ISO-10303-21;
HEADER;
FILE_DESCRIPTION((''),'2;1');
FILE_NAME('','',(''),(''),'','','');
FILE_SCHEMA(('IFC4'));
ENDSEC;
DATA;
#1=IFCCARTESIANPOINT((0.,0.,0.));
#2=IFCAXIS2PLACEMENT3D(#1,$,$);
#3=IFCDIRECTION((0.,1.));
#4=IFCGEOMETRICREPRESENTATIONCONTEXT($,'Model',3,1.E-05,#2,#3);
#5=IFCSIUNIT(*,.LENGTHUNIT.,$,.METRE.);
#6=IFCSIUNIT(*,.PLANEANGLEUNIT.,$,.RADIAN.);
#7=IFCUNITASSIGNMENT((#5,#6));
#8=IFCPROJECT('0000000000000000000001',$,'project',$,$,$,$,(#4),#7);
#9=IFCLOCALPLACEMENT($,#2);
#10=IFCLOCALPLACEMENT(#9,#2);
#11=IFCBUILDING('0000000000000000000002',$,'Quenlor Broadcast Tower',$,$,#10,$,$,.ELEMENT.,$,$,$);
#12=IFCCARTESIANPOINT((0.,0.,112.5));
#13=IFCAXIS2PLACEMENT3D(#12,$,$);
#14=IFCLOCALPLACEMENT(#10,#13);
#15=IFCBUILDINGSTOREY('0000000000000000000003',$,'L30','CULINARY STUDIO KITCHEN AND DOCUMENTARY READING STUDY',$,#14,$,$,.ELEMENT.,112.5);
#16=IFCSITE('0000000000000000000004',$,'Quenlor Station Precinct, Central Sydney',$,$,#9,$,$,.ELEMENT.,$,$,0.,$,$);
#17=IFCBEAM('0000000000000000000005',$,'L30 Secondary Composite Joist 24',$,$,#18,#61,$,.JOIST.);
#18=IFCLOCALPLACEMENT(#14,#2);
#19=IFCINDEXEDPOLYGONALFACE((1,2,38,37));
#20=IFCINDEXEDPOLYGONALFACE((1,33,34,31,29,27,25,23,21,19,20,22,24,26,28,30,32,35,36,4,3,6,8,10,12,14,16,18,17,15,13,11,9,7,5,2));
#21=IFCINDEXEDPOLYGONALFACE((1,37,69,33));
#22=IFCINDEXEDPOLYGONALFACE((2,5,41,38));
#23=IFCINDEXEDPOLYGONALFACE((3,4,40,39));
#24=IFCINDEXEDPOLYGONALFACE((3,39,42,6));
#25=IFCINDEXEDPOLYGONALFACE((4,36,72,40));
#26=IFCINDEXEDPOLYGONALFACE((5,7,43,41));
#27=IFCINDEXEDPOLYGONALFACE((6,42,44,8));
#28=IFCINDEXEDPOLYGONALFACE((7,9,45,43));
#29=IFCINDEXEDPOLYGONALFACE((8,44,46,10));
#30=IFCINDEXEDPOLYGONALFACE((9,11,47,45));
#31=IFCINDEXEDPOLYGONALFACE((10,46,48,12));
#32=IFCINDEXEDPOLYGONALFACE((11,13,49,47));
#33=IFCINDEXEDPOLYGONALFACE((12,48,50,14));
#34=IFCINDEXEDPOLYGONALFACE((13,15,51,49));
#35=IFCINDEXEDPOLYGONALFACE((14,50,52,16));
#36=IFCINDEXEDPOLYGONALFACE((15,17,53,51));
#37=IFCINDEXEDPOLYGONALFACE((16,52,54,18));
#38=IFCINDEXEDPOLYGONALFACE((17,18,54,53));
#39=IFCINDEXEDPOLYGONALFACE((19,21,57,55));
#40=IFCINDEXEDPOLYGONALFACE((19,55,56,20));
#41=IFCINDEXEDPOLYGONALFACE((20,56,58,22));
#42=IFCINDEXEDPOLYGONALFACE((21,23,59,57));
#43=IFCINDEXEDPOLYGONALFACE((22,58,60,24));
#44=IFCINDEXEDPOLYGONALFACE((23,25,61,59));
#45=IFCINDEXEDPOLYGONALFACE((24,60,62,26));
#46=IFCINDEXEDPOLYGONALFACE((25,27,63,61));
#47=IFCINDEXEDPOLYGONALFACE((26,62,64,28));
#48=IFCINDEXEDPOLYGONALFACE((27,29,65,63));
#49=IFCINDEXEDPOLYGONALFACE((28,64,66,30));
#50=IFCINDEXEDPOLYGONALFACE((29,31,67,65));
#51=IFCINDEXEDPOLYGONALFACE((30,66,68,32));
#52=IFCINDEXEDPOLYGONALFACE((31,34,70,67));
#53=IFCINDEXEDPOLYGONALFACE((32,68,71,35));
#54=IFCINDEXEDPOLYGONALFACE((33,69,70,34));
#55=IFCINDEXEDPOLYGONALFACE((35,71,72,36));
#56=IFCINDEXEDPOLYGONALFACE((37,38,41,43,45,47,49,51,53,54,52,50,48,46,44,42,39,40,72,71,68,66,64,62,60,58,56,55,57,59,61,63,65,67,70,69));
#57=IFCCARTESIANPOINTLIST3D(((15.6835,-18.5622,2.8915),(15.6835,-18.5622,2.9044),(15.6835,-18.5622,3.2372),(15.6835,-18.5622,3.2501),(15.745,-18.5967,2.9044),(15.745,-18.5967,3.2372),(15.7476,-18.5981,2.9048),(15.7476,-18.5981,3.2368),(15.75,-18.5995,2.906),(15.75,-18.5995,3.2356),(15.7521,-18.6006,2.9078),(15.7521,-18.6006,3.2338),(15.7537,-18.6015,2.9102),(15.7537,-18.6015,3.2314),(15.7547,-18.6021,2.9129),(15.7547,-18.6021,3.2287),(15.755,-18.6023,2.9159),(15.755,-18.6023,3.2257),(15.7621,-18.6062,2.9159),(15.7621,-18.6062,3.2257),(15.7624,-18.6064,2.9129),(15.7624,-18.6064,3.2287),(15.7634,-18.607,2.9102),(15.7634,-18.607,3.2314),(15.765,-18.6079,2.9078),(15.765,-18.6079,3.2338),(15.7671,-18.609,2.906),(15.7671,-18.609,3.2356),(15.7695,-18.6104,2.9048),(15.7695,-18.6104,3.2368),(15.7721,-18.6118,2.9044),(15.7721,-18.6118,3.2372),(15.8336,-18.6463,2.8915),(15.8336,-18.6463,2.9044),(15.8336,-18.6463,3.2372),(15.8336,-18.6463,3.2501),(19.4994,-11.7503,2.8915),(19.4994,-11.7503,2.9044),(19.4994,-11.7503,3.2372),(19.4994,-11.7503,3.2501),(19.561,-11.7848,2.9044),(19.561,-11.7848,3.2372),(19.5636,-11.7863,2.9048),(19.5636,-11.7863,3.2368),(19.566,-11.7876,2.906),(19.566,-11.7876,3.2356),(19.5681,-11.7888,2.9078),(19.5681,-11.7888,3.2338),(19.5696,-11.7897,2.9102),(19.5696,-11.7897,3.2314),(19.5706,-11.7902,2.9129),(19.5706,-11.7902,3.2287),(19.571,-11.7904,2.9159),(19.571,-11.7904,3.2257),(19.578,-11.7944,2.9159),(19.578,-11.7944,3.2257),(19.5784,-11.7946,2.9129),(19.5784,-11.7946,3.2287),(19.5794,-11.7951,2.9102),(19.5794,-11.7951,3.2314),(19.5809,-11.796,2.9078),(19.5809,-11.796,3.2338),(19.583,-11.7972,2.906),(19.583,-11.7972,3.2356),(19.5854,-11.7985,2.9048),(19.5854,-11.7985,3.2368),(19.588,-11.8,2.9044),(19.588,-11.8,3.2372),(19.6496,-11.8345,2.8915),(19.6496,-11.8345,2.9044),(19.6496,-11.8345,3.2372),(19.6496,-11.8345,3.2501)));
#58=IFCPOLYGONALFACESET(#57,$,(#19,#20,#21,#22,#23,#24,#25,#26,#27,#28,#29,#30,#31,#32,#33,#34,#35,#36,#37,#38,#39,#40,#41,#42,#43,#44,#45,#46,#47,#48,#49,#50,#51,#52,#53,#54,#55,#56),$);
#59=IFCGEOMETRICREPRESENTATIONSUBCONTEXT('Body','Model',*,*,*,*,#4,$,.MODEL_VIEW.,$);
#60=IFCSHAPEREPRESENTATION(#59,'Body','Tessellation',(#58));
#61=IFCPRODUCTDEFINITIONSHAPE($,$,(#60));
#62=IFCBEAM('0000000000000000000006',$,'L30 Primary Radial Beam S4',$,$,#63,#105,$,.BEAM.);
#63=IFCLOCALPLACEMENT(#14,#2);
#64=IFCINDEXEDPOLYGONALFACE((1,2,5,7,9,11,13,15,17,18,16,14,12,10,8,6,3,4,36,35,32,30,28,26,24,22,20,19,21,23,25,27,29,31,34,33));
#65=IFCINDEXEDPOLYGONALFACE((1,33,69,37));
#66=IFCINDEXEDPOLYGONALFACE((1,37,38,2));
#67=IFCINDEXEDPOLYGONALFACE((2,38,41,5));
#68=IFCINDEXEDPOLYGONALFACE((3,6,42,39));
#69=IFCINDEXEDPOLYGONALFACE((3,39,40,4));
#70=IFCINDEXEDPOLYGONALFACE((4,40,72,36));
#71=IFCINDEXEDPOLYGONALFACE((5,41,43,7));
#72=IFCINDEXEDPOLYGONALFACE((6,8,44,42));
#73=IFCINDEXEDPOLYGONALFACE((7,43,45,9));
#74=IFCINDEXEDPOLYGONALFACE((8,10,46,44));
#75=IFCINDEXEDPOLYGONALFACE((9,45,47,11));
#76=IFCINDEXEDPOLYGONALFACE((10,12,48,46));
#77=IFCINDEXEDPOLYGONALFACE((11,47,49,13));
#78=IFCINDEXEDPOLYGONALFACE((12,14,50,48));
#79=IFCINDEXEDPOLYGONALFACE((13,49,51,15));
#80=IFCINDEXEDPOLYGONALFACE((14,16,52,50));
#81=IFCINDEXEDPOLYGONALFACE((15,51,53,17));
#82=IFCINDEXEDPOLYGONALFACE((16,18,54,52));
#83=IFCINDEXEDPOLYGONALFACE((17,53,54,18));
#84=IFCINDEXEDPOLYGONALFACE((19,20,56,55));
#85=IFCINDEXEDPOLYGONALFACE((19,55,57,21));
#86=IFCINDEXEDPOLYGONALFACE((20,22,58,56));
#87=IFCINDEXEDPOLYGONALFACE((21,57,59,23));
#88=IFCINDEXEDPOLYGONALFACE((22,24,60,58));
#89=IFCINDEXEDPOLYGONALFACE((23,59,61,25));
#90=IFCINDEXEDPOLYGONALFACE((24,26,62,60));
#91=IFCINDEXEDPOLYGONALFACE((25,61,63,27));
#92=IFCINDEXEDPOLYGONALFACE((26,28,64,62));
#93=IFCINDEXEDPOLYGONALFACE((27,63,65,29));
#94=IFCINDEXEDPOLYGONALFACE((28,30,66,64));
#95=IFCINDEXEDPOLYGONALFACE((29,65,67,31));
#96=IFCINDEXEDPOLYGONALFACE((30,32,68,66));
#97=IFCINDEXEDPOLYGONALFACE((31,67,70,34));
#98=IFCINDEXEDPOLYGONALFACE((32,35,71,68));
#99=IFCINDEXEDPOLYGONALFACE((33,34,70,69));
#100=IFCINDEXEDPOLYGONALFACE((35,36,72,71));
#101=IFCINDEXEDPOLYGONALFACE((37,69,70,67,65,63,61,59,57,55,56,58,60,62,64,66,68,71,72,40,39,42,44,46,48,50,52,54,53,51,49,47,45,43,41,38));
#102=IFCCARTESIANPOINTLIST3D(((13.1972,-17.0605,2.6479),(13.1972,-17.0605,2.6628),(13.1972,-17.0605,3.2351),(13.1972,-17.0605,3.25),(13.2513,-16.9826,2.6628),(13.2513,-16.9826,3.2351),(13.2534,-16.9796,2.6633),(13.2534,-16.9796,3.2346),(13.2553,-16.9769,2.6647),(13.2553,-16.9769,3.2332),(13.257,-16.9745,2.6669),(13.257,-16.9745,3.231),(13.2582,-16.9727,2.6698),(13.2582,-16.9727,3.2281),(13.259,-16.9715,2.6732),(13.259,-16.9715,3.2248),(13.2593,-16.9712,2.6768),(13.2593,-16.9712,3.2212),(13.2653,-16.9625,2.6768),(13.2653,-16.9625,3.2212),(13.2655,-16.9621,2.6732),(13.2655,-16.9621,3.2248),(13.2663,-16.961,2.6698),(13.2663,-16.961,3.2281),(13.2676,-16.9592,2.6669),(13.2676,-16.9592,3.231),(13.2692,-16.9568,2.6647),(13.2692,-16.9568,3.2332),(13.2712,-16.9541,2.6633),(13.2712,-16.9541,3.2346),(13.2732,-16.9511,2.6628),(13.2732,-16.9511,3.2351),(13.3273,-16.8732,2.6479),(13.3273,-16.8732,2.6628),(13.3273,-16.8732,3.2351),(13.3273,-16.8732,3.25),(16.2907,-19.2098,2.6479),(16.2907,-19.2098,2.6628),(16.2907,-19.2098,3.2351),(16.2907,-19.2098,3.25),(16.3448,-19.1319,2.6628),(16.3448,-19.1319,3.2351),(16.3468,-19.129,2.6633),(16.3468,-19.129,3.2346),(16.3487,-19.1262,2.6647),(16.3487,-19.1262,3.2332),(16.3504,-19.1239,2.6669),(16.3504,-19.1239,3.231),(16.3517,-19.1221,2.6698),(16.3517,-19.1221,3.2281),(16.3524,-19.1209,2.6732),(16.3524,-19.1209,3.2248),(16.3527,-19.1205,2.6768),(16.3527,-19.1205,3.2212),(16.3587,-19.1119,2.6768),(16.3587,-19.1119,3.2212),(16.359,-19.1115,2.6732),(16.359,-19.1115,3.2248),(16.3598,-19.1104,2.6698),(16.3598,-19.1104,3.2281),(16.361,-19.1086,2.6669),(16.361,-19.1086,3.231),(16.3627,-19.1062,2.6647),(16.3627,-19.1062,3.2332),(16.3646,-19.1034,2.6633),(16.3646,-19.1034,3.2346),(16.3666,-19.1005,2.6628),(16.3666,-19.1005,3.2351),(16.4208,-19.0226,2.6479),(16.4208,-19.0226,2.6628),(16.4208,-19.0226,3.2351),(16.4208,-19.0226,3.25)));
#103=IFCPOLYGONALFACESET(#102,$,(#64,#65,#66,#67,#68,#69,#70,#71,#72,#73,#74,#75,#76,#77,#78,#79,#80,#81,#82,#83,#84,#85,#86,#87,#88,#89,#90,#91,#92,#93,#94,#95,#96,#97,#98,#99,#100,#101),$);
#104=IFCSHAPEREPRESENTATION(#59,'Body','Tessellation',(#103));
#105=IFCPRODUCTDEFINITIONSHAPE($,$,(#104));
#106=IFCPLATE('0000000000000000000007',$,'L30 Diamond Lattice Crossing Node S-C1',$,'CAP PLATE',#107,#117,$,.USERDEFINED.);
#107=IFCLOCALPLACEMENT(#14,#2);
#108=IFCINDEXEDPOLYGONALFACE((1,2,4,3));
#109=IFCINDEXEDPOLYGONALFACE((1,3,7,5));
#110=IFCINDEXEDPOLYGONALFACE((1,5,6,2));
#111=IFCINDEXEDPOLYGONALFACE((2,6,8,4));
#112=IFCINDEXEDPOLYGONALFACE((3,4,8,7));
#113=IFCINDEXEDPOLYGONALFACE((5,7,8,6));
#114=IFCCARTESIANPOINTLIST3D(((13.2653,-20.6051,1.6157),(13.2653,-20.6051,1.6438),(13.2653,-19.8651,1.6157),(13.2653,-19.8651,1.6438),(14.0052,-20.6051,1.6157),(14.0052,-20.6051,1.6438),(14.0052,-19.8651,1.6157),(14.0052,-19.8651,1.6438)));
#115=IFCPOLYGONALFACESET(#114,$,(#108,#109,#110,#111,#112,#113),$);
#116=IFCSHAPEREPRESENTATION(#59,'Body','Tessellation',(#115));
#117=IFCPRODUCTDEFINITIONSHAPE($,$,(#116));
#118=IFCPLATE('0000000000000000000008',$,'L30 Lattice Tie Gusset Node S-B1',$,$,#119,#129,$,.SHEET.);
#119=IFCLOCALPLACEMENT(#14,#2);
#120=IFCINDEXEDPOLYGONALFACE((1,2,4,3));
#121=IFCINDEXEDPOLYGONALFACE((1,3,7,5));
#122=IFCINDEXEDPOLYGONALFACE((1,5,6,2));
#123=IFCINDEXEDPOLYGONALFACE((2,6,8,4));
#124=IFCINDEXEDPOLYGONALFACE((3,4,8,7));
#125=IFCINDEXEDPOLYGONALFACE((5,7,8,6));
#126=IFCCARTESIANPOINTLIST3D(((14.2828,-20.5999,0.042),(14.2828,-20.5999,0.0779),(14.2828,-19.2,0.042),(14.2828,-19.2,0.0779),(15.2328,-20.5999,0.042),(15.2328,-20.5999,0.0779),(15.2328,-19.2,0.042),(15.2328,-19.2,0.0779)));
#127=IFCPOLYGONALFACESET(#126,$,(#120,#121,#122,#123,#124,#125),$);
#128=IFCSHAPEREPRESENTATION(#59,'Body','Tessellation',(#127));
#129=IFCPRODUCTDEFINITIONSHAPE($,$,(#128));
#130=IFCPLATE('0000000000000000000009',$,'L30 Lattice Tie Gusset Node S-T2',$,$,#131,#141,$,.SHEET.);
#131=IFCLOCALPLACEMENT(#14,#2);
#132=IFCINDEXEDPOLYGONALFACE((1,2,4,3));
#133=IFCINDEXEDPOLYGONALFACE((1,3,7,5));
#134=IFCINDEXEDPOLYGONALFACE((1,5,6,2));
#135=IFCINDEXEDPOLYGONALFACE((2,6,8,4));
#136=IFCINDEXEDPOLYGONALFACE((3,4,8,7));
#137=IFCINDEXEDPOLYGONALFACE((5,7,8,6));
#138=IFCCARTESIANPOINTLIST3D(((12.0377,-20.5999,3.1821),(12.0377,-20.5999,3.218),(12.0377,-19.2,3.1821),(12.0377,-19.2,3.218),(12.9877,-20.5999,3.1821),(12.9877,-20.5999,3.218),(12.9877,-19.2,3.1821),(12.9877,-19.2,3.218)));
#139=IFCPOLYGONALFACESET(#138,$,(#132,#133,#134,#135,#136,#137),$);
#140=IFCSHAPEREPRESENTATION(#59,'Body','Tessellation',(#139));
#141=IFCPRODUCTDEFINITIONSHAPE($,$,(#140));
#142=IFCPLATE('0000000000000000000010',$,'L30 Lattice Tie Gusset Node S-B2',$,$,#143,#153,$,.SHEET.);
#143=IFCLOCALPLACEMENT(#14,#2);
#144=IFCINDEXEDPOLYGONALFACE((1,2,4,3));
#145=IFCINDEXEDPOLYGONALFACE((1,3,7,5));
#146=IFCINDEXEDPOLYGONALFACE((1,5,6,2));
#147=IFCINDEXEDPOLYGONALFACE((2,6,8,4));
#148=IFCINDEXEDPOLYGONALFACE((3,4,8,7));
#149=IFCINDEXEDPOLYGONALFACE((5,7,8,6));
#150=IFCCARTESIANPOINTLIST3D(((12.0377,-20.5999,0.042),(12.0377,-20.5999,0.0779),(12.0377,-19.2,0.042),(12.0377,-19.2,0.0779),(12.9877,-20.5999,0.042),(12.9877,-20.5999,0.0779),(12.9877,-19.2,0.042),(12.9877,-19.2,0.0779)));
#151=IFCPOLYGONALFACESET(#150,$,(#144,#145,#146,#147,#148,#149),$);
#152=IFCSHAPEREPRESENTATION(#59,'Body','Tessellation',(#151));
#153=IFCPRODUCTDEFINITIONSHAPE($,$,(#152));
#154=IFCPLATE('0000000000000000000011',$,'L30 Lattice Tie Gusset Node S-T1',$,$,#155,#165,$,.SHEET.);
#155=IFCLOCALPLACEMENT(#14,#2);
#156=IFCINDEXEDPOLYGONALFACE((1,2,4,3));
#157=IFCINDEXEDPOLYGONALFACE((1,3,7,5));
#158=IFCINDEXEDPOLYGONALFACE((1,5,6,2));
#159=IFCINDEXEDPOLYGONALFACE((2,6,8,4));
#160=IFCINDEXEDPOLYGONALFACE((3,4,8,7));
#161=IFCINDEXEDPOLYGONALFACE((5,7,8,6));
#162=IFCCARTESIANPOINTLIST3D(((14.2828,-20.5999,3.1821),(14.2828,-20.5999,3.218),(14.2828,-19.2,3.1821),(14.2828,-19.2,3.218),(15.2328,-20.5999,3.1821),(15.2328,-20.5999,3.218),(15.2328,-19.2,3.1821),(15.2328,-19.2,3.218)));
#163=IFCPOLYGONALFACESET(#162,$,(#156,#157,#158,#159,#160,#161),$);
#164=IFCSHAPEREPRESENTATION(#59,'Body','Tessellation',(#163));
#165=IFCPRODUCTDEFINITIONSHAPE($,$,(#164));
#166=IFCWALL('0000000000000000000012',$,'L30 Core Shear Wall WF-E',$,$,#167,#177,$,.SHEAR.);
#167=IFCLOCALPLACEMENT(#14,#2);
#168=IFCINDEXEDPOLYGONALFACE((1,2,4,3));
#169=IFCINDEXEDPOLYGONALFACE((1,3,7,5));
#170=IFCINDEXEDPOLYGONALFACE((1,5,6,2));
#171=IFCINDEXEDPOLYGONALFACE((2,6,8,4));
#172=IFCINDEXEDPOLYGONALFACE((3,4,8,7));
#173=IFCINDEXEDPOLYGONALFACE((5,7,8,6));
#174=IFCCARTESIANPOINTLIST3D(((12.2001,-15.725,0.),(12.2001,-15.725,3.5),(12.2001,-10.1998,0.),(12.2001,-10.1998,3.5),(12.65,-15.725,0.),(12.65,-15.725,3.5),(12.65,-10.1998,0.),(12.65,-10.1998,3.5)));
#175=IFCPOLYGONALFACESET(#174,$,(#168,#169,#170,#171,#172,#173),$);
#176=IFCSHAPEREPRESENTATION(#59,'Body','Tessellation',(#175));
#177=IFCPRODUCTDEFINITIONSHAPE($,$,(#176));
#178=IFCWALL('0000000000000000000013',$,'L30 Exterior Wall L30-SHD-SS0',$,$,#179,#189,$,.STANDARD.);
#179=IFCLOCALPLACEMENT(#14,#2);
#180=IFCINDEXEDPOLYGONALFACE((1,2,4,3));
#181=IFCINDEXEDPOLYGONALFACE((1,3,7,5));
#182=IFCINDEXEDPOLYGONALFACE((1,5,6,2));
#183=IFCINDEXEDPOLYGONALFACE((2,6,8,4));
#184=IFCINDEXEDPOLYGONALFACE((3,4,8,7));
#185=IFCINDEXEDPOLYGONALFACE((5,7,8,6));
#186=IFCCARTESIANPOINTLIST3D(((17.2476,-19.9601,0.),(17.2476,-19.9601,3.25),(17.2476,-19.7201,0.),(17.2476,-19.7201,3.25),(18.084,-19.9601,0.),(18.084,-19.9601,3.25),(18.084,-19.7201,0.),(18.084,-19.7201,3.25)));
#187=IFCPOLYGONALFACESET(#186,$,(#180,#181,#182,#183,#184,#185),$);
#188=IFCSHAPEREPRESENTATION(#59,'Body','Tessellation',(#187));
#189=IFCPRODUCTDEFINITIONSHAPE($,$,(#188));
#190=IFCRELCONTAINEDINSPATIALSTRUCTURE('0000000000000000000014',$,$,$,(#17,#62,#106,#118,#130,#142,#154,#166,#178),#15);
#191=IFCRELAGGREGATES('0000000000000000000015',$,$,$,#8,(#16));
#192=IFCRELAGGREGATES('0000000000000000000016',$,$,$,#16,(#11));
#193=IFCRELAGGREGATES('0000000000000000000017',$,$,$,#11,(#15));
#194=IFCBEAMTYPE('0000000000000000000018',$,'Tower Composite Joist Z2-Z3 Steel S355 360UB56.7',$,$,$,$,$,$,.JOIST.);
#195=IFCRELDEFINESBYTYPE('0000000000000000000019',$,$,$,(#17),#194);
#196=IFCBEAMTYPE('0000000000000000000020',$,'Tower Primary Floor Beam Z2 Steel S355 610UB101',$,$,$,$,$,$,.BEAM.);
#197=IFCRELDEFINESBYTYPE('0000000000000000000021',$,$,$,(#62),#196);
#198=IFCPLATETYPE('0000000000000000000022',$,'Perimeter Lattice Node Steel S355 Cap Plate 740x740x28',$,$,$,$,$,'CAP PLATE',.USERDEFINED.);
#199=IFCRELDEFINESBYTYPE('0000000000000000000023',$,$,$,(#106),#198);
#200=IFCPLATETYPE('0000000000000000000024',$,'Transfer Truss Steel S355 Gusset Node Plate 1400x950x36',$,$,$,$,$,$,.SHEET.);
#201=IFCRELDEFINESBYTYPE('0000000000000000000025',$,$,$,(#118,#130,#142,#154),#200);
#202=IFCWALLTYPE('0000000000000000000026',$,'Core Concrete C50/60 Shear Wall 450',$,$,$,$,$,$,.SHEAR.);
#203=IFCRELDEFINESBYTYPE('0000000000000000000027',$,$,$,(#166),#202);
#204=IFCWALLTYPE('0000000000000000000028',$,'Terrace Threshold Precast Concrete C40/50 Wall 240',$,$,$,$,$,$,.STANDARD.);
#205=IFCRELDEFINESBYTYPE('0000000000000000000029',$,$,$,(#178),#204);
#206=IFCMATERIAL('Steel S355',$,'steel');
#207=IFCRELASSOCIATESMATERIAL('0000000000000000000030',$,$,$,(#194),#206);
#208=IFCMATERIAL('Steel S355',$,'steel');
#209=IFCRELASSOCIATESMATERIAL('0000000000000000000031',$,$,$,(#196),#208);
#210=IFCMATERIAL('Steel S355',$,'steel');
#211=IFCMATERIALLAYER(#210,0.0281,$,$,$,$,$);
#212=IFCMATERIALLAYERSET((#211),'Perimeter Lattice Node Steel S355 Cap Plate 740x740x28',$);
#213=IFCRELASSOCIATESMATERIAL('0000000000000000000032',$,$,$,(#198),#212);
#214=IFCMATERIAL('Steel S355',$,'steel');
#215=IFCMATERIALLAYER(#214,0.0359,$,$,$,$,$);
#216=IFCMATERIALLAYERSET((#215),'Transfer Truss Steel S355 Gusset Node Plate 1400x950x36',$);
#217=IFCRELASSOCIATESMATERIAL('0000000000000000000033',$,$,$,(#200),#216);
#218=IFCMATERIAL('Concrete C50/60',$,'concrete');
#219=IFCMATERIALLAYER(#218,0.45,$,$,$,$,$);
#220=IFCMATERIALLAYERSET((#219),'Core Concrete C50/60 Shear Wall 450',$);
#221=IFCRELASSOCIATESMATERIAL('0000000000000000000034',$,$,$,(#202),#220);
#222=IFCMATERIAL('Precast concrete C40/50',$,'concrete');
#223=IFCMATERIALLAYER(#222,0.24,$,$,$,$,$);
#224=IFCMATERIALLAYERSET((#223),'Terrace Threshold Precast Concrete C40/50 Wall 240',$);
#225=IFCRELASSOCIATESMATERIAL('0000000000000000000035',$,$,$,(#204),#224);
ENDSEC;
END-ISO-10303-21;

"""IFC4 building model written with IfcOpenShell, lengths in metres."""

from ifc_helpers import new_model, si_unit, direction, frame, frame_2d, origin, origin_2d, place, context, subcontext, project, spatial, rectangle, i_section, extrude, material, layer, layer_set, material_profile, profile_set, type_object, element, save


model = new_model("IFC4")

# Units and contexts
model_context = context("Model", 3, precision=1e-05, world=origin(), true_north=direction((0.0, 1.0)))
body_context = subcontext(model_context, "Body", "Model", "MODEL_VIEW")
ifc_project = project(units=[si_unit("LENGTHUNIT", "METRE"), si_unit("PLANEANGLEUNIT", "RADIAN")], contexts=[model_context])

# Site, building, storey
site_placement = place(None, origin())
site = spatial("IfcSite", under=ifc_project, at=site_placement, Name="Quenlor Station Precinct, Central Sydney", CompositionType="ELEMENT", RefElevation=0.0)
building_placement = place(site_placement, origin())
building = spatial("IfcBuilding", under=site, at=building_placement, Name="Quenlor Broadcast Tower", CompositionType="ELEMENT")
storey_placement = place(building_placement, frame((0.0, 0.0, 112.5)))
storey = spatial("IfcBuildingStorey", under=building, at=storey_placement, Name="L30", Description="CULINARY STUDIO KITCHEN AND DOCUMENTARY READING STUDY", CompositionType="ELEMENT", Elevation=112.5)

# Beams
ifc_material_1 = material(Name="Steel S355", Category="steel")
ifc_material_profile_1 = material_profile(ifc_material_1, i_section(OverallWidth=0.1721, OverallDepth=0.3586, WebThickness=0.0081, FlangeThickness=0.0129, FilletRadius=0.0115, at=origin_2d()))
ifc_profile_set_1 = profile_set([ifc_material_profile_1], Name="Steel S355 360UB56.7")
beam_type_1 = type_object("IfcBeamType", Name="Tower Composite Joist Z2-Z3 Steel S355 360UB56.7", PredefinedType="JOIST", material=ifc_profile_set_1)
beam_1_placement = place(storey_placement, frame((15.7585, -18.6042, 3.0708), z_axis=(0.488733, 0.872433, 0.0), x_axis=(-0.872433, 0.488733, 0.0)))
element("IfcBeam", 1, at=beam_1_placement, inside=storey, type_object=beam_type_1, Name="L30 Secondary Composite Joist 24", PredefinedType="JOIST", context=body_context, shape_type="SweptSolid", body=[
    extrude(i_section(OverallWidth=0.1721, OverallDepth=0.3586, WebThickness=0.0081, FlangeThickness=0.0129, FilletRadius=0.0115, at=origin_2d()), origin(), (0.0, 0.0, 1.0), 7.8079),
])
ifc_material_2 = material(Name="Steel S355", Category="steel")
ifc_material_profile_2 = material_profile(ifc_material_2, i_section(OverallWidth=0.228, OverallDepth=0.6021, WebThickness=0.0105, FlangeThickness=0.0149, FilletRadius=0.0139, at=origin_2d()))
ifc_profile_set_2 = profile_set([ifc_material_profile_2], Name="Steel S355 610UB101")
beam_type_2 = type_object("IfcBeamType", Name="Tower Primary Floor Beam Z2 Steel S355 610UB101", PredefinedType="BEAM", material=ifc_profile_set_2)
beam_2_placement = place(storey_placement, frame((16.3557, -19.1162, 2.949), z_axis=(-0.821227, 0.570601, 0.0), x_axis=(-0.570601, -0.821227, 0.0)))
element("IfcBeam", 2, at=beam_2_placement, inside=storey, type_object=beam_type_2, Name="L30 Primary Radial Beam S4", PredefinedType="BEAM", context=body_context, shape_type="SweptSolid", body=[
    extrude(i_section(OverallWidth=0.228, OverallDepth=0.6021, WebThickness=0.0105, FlangeThickness=0.0149, FilletRadius=0.0139, at=origin_2d()), origin(), (0.0, 0.0, 1.0), 3.7668),
])

# Plates
ifc_material_3 = material(Name="Steel S355", Category="steel")
ifc_layer_1 = layer(ifc_material_3, 0.0281)
ifc_layer_set_1 = layer_set([ifc_layer_1], Name="Perimeter Lattice Node Steel S355 Cap Plate 740x740x28")
plate_type_1 = type_object("IfcPlateType", Name="Perimeter Lattice Node Steel S355 Cap Plate 740x740x28", ElementType="CAP PLATE", PredefinedType="USERDEFINED", material=ifc_layer_set_1)
plate_placement = place(storey_placement, frame((13.6353, -20.2351, 1.6157), z_axis=(0.0, 0.0, 1.0), x_axis=(-1.0, 0.0, 0.0)))
element("IfcPlate", 3, at=plate_placement, inside=storey, type_object=plate_type_1, Name="L30 Diamond Lattice Crossing Node S-C1", ObjectType="CAP PLATE", PredefinedType="USERDEFINED", context=body_context, shape_type="SweptSolid", body=[
    extrude(rectangle(XDim=0.74, YDim=0.74, at=origin_2d()), origin(), (0.0, 0.0, 1.0), 0.0281),
])
ifc_material_4 = material(Name="Steel S355", Category="steel")
ifc_layer_2 = layer(ifc_material_4, 0.0359)
ifc_layer_set_2 = layer_set([ifc_layer_2], Name="Transfer Truss Steel S355 Gusset Node Plate 1400x950x36")
plate_type_2 = type_object("IfcPlateType", Name="Transfer Truss Steel S355 Gusset Node Plate 1400x950x36", PredefinedType="SHEET", material=ifc_layer_set_2)
for number, where, z_axis, x_axis, name in (
    (4, (14.7578, -19.8999, 0.042), (0.0, 0.0, 1.0), (0.0, -1.0, 0.0), "L30 Lattice Tie Gusset Node S-B1"),
    (5, (12.5127, -19.8999, 3.1821), (0.0, 0.0, 1.0), (0.0, -1.0, 0.0), "L30 Lattice Tie Gusset Node S-T2"),
    (6, (12.5127, -19.8999, 0.042), (0.0, 0.0, 1.0), (0.0, -1.0, 0.0), "L30 Lattice Tie Gusset Node S-B2"),
    (7, (14.7578, -19.8999, 3.1821), (0.0, 0.0, 1.0), (0.0, -1.0, 0.0), "L30 Lattice Tie Gusset Node S-T1"),
):
    element("IfcPlate", number, at=place(storey_placement, frame(where, z_axis=z_axis, x_axis=x_axis)), inside=storey, type_object=plate_type_2, Name=name, PredefinedType="SHEET", context=body_context, shape_type="SweptSolid", body=[
        extrude(rectangle(XDim=1.3999, YDim=0.95, at=origin_2d()), origin(), (0.0, 0.0, 1.0), 0.0359),
    ])

# Walls
ifc_material_5 = material(Name="Concrete C50/60", Category="concrete")
ifc_layer_3 = layer(ifc_material_5, 0.45)
ifc_layer_set_3 = layer_set([ifc_layer_3], Name="Core Concrete C50/60 Shear Wall 450")
wall_type_1 = type_object("IfcWallType", Name="Core Concrete C50/60 Shear Wall 450", PredefinedType="SHEAR", material=ifc_layer_set_3)
wall_1_placement = place(storey_placement, frame((12.425, -15.7251, 0.0), z_axis=(0.0, 0.0, 1.0), x_axis=(0.0, 1.0, 0.0)))
element("IfcWall", 8, at=wall_1_placement, inside=storey, type_object=wall_type_1, Name="L30 Core Shear Wall WF-E", PredefinedType="SHEAR", context=body_context, shape_type="SweptSolid", body=[
    extrude(rectangle(XDim=5.5251, YDim=0.45, at=frame_2d((2.7627, 0.0))), origin(), (0.0, 0.0, 1.0), 3.5),
])
ifc_material_6 = material(Name="Precast concrete C40/50", Category="concrete")
ifc_layer_4 = layer(ifc_material_6, 0.24)
ifc_layer_set_4 = layer_set([ifc_layer_4], Name="Terrace Threshold Precast Concrete C40/50 Wall 240")
wall_type_2 = type_object("IfcWallType", Name="Terrace Threshold Precast Concrete C40/50 Wall 240", PredefinedType="STANDARD", material=ifc_layer_set_4)
wall_2_placement = place(storey_placement, frame((18.084, -19.8401, 0.0), z_axis=(0.0, 0.0, 1.0), x_axis=(-1.0, 0.0, 0.0)))
element("IfcWall", 9, at=wall_2_placement, inside=storey, type_object=wall_type_2, Name="L30 Exterior Wall L30-SHD-SS0", PredefinedType="STANDARD", context=body_context, shape_type="SweptSolid", body=[
    extrude(rectangle(XDim=0.8364, YDim=0.24, at=frame_2d((0.4182, 0.0))), origin(), (0.0, 0.0, 1.0), 3.25),
])

save(model, "model.ifc")
